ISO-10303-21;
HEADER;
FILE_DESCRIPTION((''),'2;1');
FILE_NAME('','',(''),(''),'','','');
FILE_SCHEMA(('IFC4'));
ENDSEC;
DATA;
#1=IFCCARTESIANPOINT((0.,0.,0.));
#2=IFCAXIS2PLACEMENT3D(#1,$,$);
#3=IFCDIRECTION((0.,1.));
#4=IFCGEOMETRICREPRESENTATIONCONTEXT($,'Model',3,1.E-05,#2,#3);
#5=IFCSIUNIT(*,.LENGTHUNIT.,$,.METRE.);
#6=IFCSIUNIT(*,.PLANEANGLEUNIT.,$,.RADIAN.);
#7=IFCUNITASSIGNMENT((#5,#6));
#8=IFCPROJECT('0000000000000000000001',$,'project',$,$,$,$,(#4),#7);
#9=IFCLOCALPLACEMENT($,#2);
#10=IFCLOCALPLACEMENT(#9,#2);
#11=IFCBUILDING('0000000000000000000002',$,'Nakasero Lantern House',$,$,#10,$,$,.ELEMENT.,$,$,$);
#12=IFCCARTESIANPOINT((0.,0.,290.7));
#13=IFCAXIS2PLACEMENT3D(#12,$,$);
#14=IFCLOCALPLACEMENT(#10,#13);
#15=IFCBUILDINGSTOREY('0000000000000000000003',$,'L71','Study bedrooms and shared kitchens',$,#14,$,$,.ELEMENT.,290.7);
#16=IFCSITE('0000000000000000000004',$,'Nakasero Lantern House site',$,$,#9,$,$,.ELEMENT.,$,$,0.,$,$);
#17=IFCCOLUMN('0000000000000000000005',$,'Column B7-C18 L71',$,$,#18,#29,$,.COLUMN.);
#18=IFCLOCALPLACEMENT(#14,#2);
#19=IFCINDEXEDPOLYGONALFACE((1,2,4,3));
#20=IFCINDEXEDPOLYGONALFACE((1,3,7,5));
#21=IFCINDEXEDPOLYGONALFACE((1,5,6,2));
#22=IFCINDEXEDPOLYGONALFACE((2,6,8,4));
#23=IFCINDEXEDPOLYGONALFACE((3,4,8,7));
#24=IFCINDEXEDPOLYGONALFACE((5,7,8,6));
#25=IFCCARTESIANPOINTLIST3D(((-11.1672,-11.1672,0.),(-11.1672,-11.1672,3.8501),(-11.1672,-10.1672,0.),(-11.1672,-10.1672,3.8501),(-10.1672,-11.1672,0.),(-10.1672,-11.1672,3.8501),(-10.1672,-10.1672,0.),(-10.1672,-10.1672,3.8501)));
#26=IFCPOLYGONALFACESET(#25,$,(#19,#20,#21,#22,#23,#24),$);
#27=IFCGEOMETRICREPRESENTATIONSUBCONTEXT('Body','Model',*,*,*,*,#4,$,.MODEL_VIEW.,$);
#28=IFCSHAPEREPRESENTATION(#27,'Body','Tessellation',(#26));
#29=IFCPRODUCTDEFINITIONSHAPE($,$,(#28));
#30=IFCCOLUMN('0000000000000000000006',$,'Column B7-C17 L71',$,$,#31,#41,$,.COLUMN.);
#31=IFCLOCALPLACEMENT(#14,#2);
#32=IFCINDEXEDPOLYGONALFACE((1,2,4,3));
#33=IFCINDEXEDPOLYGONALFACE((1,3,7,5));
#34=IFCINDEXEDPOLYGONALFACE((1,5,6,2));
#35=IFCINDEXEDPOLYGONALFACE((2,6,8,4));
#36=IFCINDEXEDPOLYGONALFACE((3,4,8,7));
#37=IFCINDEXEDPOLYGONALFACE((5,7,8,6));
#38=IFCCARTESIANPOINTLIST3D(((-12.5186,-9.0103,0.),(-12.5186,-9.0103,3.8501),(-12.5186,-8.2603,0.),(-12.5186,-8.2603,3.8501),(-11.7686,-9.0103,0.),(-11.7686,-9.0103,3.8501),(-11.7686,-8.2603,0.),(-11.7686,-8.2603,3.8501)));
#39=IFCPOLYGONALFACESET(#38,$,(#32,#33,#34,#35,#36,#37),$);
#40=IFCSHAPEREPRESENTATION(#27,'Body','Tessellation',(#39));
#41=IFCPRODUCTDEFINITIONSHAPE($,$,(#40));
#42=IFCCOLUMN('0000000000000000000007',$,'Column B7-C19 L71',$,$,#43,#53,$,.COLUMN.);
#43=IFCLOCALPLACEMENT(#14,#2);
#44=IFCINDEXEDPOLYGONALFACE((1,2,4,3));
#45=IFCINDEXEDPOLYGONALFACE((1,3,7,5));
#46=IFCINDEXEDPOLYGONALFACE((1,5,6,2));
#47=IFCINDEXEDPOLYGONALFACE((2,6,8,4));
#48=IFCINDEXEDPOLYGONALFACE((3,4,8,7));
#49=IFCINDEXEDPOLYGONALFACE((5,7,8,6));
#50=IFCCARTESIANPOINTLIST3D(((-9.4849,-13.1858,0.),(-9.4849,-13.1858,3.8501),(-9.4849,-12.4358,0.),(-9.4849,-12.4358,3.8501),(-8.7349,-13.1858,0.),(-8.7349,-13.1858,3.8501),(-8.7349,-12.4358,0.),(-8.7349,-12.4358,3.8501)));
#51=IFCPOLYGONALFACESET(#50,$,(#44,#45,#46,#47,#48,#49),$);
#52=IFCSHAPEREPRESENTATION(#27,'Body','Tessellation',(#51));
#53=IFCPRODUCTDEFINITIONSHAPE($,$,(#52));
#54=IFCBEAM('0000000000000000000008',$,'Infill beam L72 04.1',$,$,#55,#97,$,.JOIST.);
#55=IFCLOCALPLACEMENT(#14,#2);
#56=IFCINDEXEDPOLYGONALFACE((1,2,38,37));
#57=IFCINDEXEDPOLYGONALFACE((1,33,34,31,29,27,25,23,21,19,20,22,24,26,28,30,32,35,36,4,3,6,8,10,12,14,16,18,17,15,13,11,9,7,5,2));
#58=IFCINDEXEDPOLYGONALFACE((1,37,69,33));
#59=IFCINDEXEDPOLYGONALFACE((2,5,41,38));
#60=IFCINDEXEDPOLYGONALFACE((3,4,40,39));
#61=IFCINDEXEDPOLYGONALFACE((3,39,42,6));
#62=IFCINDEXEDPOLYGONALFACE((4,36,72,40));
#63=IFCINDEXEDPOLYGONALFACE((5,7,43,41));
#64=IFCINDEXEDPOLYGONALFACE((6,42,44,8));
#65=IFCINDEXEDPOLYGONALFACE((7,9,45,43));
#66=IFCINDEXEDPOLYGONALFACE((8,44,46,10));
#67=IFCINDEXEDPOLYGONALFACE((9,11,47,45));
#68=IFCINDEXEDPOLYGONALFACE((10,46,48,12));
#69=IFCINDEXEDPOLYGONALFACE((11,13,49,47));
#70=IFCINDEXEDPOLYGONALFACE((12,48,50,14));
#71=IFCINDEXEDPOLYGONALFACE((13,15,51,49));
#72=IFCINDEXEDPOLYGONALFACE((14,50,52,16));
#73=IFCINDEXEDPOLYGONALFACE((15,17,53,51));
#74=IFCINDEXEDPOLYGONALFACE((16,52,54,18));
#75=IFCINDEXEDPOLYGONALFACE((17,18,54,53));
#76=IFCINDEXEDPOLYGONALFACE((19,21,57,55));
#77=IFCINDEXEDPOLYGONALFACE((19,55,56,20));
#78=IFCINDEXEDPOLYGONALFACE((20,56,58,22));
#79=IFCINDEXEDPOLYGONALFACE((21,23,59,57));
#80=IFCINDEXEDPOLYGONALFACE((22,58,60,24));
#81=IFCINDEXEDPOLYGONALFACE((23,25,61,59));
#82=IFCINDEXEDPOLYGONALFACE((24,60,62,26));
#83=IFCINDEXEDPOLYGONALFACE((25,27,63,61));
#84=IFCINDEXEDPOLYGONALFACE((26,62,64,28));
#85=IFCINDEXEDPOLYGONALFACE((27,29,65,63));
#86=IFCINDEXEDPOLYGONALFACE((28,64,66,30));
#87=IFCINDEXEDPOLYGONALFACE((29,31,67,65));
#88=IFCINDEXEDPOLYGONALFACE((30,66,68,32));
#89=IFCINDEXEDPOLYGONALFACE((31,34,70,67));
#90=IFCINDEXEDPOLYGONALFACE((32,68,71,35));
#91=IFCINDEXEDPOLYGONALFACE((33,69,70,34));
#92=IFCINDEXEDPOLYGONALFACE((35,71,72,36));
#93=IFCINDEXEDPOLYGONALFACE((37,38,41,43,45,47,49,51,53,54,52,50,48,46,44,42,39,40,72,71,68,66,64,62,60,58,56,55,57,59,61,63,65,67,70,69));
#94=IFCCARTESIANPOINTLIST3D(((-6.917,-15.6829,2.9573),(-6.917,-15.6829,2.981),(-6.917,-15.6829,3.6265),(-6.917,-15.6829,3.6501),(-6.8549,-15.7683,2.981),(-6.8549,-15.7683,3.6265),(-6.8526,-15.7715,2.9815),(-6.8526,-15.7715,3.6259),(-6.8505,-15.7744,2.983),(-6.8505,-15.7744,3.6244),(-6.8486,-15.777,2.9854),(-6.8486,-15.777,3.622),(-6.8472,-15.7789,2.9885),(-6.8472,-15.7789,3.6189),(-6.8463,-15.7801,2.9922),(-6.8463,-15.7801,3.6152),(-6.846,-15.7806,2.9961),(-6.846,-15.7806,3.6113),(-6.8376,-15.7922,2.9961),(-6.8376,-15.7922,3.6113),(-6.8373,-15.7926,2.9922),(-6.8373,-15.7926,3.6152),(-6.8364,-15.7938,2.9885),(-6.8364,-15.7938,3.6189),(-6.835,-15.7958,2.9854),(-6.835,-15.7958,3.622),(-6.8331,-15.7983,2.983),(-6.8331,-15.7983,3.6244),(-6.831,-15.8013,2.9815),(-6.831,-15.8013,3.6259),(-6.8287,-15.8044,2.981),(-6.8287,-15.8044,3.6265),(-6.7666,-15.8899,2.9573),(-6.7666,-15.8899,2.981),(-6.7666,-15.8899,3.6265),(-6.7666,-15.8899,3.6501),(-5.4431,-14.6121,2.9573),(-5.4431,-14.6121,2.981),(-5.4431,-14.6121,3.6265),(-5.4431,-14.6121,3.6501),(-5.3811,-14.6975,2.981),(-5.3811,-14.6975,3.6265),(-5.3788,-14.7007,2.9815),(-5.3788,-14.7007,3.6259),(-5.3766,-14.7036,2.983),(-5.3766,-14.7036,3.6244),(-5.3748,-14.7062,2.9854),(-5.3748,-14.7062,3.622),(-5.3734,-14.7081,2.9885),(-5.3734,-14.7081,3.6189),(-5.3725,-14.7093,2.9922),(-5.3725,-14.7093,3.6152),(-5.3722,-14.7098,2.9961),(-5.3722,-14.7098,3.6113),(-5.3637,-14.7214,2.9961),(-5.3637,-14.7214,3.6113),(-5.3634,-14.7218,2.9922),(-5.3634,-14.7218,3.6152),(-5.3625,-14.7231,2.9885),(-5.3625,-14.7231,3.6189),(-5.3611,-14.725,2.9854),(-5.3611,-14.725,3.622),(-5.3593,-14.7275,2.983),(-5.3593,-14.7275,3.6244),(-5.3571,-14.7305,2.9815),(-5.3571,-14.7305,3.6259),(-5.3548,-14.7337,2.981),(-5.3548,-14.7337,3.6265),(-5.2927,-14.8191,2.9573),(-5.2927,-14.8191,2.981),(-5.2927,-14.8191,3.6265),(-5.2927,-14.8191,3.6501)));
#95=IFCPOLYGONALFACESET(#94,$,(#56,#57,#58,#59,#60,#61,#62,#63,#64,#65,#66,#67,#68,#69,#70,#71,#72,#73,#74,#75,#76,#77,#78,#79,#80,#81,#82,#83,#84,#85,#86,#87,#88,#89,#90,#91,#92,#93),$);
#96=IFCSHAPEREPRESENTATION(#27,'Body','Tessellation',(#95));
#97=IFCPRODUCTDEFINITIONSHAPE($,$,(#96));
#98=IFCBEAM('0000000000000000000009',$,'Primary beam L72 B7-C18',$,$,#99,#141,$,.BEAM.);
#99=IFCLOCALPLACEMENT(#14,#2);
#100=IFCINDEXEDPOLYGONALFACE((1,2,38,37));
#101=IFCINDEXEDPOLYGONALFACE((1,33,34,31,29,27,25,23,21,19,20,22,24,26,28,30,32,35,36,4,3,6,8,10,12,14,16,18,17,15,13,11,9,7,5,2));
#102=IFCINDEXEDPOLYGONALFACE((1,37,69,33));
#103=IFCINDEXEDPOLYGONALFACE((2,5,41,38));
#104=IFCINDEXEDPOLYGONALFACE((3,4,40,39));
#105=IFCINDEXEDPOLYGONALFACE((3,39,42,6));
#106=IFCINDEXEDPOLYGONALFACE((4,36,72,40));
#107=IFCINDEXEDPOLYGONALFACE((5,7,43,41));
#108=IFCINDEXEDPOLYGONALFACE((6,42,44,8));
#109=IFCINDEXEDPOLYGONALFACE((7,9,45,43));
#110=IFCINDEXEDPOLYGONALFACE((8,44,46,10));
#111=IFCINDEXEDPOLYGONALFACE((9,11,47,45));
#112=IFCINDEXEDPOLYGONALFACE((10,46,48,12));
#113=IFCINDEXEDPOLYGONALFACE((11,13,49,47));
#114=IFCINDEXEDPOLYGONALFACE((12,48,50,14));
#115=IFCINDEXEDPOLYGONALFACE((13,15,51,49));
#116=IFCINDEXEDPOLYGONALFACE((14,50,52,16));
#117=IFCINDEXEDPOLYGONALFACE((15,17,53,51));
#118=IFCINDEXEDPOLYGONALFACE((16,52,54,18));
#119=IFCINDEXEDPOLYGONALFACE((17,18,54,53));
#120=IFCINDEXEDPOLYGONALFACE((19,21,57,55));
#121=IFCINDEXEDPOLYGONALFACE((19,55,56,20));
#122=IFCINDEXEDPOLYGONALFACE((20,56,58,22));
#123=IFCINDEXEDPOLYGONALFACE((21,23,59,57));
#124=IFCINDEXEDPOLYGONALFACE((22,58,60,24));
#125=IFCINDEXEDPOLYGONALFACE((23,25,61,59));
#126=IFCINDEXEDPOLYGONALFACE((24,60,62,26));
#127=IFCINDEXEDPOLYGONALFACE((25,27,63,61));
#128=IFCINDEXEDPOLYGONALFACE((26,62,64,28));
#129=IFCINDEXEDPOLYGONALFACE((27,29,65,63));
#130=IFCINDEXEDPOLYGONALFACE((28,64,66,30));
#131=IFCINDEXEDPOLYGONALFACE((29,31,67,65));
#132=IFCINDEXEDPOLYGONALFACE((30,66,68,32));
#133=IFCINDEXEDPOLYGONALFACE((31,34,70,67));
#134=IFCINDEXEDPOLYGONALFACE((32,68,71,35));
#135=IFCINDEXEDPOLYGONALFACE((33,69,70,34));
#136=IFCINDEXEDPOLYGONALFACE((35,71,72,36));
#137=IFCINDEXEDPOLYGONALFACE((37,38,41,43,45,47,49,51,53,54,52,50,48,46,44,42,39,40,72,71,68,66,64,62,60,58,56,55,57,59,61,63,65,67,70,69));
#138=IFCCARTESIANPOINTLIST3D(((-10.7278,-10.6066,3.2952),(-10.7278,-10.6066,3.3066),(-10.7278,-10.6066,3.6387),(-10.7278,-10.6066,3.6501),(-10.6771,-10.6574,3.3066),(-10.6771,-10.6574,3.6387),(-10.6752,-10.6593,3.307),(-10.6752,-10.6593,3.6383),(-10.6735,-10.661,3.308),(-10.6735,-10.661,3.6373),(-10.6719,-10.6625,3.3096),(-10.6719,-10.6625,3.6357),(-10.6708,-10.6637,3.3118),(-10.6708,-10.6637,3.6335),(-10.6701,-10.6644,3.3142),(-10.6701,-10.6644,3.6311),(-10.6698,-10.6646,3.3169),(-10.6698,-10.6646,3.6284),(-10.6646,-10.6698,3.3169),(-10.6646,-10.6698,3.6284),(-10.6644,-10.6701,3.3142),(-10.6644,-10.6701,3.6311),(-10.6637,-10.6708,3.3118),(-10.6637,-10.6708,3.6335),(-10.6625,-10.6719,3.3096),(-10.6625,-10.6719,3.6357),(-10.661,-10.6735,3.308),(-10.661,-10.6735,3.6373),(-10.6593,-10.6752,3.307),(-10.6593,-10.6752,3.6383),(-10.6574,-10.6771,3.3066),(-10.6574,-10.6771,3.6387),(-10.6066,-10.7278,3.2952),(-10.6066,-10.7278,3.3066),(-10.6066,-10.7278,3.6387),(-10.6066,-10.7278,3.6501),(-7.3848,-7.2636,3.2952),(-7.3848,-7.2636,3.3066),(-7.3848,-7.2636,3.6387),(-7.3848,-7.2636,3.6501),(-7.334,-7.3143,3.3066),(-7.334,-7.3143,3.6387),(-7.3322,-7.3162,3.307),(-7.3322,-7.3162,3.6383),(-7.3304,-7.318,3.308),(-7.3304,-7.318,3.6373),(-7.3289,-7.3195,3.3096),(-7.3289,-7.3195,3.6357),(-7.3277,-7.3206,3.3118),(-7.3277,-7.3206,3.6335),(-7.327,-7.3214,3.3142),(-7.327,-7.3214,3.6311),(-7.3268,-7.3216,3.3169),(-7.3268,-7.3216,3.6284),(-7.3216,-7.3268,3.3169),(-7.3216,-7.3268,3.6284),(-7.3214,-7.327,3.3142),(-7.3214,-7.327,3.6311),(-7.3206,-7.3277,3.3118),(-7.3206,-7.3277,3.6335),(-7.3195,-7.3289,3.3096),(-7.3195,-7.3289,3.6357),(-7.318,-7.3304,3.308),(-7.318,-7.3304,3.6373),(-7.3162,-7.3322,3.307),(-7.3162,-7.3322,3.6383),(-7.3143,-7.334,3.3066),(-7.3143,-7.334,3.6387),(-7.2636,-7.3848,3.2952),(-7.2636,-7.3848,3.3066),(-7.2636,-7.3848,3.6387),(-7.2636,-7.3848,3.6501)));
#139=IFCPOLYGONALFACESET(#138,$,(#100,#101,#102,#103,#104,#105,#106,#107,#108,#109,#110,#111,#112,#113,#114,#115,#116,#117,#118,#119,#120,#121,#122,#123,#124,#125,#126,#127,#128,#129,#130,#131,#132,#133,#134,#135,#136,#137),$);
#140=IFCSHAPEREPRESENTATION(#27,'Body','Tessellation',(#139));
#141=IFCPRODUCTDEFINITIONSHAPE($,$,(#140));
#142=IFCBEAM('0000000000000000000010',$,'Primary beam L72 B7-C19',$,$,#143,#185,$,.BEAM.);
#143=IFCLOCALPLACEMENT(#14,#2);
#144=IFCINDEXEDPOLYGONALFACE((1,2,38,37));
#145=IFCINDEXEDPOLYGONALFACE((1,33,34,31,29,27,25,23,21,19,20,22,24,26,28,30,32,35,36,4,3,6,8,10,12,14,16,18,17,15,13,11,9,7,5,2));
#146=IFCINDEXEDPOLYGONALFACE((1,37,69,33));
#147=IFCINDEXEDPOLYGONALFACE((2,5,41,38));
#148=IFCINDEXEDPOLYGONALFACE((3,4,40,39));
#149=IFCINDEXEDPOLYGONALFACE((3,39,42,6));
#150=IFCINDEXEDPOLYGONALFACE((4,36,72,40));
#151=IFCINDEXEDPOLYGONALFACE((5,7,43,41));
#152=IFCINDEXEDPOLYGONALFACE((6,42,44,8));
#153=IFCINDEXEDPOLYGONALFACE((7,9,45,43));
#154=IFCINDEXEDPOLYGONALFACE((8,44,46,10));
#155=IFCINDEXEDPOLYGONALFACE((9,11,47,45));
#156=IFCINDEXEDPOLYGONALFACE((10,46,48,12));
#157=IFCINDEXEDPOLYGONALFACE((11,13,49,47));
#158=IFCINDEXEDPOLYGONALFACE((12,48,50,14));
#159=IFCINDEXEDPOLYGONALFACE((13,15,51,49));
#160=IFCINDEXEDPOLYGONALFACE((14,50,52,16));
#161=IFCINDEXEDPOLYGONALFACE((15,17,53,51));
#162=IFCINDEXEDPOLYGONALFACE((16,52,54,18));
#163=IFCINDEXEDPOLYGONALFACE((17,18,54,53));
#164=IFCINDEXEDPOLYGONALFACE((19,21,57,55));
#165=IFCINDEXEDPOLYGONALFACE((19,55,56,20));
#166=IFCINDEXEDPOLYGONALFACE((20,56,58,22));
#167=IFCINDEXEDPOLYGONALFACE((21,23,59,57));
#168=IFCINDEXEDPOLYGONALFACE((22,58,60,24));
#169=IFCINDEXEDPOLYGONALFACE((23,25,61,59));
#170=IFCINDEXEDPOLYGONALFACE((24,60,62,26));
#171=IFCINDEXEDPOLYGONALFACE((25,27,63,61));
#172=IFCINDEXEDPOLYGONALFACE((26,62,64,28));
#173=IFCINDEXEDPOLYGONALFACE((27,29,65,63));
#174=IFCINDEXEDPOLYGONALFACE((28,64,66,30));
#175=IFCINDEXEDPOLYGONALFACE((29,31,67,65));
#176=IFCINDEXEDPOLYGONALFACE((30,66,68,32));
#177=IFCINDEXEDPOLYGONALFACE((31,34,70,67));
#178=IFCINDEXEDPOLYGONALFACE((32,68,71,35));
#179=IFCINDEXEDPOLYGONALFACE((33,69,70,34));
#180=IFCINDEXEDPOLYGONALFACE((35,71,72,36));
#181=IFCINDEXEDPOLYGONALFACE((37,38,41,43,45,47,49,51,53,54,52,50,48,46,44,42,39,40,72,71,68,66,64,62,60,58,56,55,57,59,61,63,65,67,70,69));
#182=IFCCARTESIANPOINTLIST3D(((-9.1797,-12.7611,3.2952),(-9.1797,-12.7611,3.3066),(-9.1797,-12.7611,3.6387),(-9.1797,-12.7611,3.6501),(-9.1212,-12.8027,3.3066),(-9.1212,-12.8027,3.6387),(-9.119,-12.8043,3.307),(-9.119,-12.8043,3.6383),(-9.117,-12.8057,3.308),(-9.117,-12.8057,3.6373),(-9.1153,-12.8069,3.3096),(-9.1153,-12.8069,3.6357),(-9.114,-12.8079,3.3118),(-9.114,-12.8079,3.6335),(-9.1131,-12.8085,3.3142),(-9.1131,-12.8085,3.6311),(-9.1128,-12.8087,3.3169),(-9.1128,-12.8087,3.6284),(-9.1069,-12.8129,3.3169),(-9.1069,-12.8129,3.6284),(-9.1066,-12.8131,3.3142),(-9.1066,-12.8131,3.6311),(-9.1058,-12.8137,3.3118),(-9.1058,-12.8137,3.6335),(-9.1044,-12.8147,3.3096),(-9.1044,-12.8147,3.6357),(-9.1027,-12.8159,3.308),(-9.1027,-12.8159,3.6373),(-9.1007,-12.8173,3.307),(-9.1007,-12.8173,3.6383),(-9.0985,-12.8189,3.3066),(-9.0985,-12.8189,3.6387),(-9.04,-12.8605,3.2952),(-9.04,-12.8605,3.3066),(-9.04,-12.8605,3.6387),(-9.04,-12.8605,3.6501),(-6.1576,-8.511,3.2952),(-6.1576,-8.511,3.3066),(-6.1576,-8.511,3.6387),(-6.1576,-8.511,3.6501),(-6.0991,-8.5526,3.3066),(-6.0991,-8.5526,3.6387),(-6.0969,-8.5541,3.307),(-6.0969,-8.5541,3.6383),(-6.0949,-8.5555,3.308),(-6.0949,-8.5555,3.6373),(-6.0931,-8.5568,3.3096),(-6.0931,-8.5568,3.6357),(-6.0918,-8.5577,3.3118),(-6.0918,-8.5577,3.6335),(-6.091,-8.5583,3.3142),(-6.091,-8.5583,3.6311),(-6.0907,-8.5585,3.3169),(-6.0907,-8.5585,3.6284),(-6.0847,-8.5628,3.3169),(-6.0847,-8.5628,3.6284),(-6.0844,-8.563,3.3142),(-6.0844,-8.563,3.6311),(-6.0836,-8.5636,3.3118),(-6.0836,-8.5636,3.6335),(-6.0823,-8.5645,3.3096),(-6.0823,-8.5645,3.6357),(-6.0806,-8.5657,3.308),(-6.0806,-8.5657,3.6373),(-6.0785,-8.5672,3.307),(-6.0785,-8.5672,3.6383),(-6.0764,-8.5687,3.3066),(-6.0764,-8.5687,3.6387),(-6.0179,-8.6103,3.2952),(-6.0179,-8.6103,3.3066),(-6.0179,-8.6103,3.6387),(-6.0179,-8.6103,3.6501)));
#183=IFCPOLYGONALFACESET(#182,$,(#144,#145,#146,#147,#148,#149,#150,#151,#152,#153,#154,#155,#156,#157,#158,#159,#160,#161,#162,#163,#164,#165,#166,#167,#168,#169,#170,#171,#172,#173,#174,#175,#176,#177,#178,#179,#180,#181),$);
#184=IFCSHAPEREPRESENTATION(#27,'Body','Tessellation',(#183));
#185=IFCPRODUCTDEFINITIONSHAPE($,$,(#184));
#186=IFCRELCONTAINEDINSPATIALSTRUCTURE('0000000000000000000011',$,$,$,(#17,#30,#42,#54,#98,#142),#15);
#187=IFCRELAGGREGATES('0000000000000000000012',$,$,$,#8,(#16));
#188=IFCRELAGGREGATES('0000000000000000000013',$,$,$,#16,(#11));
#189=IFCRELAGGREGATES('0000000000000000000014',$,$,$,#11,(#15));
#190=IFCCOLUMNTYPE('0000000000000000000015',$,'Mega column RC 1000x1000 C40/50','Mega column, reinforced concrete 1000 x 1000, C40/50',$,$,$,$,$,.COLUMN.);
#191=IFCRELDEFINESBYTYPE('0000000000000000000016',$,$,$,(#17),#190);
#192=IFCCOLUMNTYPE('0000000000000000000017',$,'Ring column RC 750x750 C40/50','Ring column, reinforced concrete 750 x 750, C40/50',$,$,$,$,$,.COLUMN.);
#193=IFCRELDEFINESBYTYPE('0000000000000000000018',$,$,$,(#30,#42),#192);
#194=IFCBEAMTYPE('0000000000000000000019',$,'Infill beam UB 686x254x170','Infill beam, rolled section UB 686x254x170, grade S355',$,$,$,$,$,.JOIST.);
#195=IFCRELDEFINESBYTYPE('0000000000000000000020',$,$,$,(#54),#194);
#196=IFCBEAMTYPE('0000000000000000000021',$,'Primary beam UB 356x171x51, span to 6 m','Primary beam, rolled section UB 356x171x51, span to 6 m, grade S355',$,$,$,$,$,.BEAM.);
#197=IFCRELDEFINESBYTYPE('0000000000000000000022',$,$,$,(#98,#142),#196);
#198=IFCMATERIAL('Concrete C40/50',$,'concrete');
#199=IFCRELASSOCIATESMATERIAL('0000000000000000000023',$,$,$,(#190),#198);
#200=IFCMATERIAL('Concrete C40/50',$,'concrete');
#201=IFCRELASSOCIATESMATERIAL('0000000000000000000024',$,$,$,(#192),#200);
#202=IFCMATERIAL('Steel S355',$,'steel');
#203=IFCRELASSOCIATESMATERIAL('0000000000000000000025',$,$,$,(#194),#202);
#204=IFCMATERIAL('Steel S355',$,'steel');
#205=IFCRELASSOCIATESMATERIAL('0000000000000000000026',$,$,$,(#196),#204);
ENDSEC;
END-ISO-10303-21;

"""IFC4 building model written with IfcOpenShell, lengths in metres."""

from ifc_helpers import new_model, si_unit, direction, frame, origin, origin_2d, place, context, subcontext, project, spatial, rectangle, i_section, extrude, material, material_profile, profile_set, type_object, element, save


model = new_model("IFC4")

# Units and contexts
model_context = context("Model", 3, precision=1e-05, world=origin(), true_north=direction((0.0, 1.0)))
body_context = subcontext(model_context, "Body", "Model", "MODEL_VIEW")
ifc_project = project(units=[si_unit("LENGTHUNIT", "METRE"), si_unit("PLANEANGLEUNIT", "RADIAN")], contexts=[model_context])

# Site, building, storey
site_placement = place(None, origin())
site = spatial("IfcSite", under=ifc_project, at=site_placement, Name="Nakasero Lantern House site", CompositionType="ELEMENT", RefElevation=0.0)
building_placement = place(site_placement, origin())
building = spatial("IfcBuilding", under=site, at=building_placement, Name="Nakasero Lantern House", CompositionType="ELEMENT")
storey_placement = place(building_placement, frame((0.0, 0.0, 290.7)))
storey = spatial("IfcBuildingStorey", under=building, at=storey_placement, Name="L71", Description="Study bedrooms and shared kitchens", CompositionType="ELEMENT", Elevation=290.7)

# Columns
ifc_material_1 = material(Name="Concrete C40/50", Category="concrete")
ifc_material_profile_1 = material_profile(ifc_material_1, rectangle(XDim=1.0, YDim=1.0, at=origin_2d()), Name="RC 1000x1000")
ifc_profile_set_1 = profile_set([ifc_material_profile_1], Name="Concrete C40/50")
column_type_1 = type_object("IfcColumnType", Name="Mega column RC 1000x1000 C40/50", Description="Mega column, reinforced concrete 1000 x 1000, C40/50", PredefinedType="COLUMN", material=ifc_profile_set_1)
column_placement = place(storey_placement, frame((-10.6672, -10.6672, 0.0), z_axis=(0.0, 0.0, 1.0), x_axis=(1.0, 0.0, 0.0)))
element("IfcColumn", 1, at=column_placement, inside=storey, type_object=column_type_1, Name="Column B7-C18 L71", PredefinedType="COLUMN", context=body_context, shape_type="SweptSolid", body=[
    extrude(rectangle(XDim=1.0, YDim=1.0, at=origin_2d()), origin(), (0.0, 0.0, 1.0), 3.8501),
])
ifc_material_2 = material(Name="Concrete C40/50", Category="concrete")
ifc_material_profile_2 = material_profile(ifc_material_2, rectangle(XDim=0.75, YDim=0.75, at=origin_2d()), Name="RC 750x750")
ifc_profile_set_2 = profile_set([ifc_material_profile_2], Name="Concrete C40/50")
column_type_2 = type_object("IfcColumnType", Name="Ring column RC 750x750 C40/50", Description="Ring column, reinforced concrete 750 x 750, C40/50", PredefinedType="COLUMN", material=ifc_profile_set_2)
for number, where, z_axis, x_axis, name in (
    (2, (-12.1436, -8.6353, 0.0), (0.0, 0.0, 1.0), (1.0, 0.0, 0.0), "Column B7-C17 L71"),
    (3, (-9.1099, -12.8108, 0.0), (0.0, 0.0, 1.0), (1.0, 0.0, 0.0), "Column B7-C19 L71"),
):
    element("IfcColumn", number, at=place(storey_placement, frame(where, z_axis=z_axis, x_axis=x_axis)), inside=storey, type_object=column_type_2, Name=name, PredefinedType="COLUMN", context=body_context, shape_type="SweptSolid", body=[
        extrude(rectangle(XDim=0.75, YDim=0.75, at=origin_2d()), origin(), (0.0, 0.0, 1.0), 3.8501),
    ])

# Beams
ifc_material_3 = material(Name="Steel S355", Category="steel")
ifc_material_profile_3 = material_profile(ifc_material_3, i_section(OverallWidth=0.2559, OverallDepth=0.6929, WebThickness=0.0144, FlangeThickness=0.0237, FilletRadius=0.0151, at=origin_2d()), Name="UB 686x254x170")
ifc_profile_set_3 = profile_set([ifc_material_profile_3], Name="Steel S355")
beam_type_1 = type_object("IfcBeamType", Name="Infill beam UB 686x254x170", Description="Infill beam, rolled section UB 686x254x170, grade S355", PredefinedType="JOIST", material=ifc_profile_set_3)
beam_1_placement = place(storey_placement, frame((-6.8418, -15.7864, 3.3037), z_axis=(0.809026, 0.587773, 0.0), x_axis=(-0.587773, 0.809026, 0.0)))
element("IfcBeam", 4, at=beam_1_placement, inside=storey, type_object=beam_type_1, Name="Infill beam L72 04.1", PredefinedType="JOIST", context=body_context, shape_type="SweptSolid", body=[
    extrude(i_section(OverallWidth=0.2559, OverallDepth=0.6929, WebThickness=0.0144, FlangeThickness=0.0237, FilletRadius=0.0151, at=origin_2d()), origin(), (0.0, 0.0, 1.0), 1.8218),
])
ifc_material_4 = material(Name="Steel S355", Category="steel")
ifc_material_profile_4 = material_profile(ifc_material_4, i_section(OverallWidth=0.1714, OverallDepth=0.355, WebThickness=0.0073, FlangeThickness=0.0115, FilletRadius=0.0103, at=origin_2d()), Name="UB 356x171x51")
ifc_profile_set_4 = profile_set([ifc_material_profile_4], Name="Steel S355")
beam_type_2 = type_object("IfcBeamType", Name="Primary beam UB 356x171x51, span to 6 m", Description="Primary beam, rolled section UB 356x171x51, span to 6 m, grade S355", PredefinedType="BEAM", material=ifc_profile_set_4)
beam_2_placement = place(storey_placement, frame((-10.6672, -10.6672, 3.4727), z_axis=(0.707107, 0.707107, 0.0), x_axis=(-0.707107, 0.707107, 0.0)))
element("IfcBeam", 5, at=beam_2_placement, inside=storey, type_object=beam_type_2, Name="Primary beam L72 B7-C18", PredefinedType="BEAM", context=body_context, shape_type="SweptSolid", body=[
    extrude(i_section(OverallWidth=0.1714, OverallDepth=0.355, WebThickness=0.0073, FlangeThickness=0.0115, FilletRadius=0.0103, at=origin_2d()), origin(), (0.0, 0.0, 1.0), 4.7278),
])
beam_3_placement = place(storey_placement, frame((-9.1099, -12.8108, 3.4727), z_axis=(0.579501, 0.814972, 0.0), x_axis=(-0.814972, 0.579501, 0.0)))
element("IfcBeam", 6, at=beam_3_placement, inside=storey, type_object=beam_type_2, Name="Primary beam L72 B7-C19", PredefinedType="BEAM", context=body_context, shape_type="SweptSolid", body=[
    extrude(i_section(OverallWidth=0.1714, OverallDepth=0.355, WebThickness=0.0073, FlangeThickness=0.0115, FilletRadius=0.0103, at=origin_2d()), origin(), (0.0, 0.0, 1.0), 5.2151),
])

save(model, "model.ifc")
